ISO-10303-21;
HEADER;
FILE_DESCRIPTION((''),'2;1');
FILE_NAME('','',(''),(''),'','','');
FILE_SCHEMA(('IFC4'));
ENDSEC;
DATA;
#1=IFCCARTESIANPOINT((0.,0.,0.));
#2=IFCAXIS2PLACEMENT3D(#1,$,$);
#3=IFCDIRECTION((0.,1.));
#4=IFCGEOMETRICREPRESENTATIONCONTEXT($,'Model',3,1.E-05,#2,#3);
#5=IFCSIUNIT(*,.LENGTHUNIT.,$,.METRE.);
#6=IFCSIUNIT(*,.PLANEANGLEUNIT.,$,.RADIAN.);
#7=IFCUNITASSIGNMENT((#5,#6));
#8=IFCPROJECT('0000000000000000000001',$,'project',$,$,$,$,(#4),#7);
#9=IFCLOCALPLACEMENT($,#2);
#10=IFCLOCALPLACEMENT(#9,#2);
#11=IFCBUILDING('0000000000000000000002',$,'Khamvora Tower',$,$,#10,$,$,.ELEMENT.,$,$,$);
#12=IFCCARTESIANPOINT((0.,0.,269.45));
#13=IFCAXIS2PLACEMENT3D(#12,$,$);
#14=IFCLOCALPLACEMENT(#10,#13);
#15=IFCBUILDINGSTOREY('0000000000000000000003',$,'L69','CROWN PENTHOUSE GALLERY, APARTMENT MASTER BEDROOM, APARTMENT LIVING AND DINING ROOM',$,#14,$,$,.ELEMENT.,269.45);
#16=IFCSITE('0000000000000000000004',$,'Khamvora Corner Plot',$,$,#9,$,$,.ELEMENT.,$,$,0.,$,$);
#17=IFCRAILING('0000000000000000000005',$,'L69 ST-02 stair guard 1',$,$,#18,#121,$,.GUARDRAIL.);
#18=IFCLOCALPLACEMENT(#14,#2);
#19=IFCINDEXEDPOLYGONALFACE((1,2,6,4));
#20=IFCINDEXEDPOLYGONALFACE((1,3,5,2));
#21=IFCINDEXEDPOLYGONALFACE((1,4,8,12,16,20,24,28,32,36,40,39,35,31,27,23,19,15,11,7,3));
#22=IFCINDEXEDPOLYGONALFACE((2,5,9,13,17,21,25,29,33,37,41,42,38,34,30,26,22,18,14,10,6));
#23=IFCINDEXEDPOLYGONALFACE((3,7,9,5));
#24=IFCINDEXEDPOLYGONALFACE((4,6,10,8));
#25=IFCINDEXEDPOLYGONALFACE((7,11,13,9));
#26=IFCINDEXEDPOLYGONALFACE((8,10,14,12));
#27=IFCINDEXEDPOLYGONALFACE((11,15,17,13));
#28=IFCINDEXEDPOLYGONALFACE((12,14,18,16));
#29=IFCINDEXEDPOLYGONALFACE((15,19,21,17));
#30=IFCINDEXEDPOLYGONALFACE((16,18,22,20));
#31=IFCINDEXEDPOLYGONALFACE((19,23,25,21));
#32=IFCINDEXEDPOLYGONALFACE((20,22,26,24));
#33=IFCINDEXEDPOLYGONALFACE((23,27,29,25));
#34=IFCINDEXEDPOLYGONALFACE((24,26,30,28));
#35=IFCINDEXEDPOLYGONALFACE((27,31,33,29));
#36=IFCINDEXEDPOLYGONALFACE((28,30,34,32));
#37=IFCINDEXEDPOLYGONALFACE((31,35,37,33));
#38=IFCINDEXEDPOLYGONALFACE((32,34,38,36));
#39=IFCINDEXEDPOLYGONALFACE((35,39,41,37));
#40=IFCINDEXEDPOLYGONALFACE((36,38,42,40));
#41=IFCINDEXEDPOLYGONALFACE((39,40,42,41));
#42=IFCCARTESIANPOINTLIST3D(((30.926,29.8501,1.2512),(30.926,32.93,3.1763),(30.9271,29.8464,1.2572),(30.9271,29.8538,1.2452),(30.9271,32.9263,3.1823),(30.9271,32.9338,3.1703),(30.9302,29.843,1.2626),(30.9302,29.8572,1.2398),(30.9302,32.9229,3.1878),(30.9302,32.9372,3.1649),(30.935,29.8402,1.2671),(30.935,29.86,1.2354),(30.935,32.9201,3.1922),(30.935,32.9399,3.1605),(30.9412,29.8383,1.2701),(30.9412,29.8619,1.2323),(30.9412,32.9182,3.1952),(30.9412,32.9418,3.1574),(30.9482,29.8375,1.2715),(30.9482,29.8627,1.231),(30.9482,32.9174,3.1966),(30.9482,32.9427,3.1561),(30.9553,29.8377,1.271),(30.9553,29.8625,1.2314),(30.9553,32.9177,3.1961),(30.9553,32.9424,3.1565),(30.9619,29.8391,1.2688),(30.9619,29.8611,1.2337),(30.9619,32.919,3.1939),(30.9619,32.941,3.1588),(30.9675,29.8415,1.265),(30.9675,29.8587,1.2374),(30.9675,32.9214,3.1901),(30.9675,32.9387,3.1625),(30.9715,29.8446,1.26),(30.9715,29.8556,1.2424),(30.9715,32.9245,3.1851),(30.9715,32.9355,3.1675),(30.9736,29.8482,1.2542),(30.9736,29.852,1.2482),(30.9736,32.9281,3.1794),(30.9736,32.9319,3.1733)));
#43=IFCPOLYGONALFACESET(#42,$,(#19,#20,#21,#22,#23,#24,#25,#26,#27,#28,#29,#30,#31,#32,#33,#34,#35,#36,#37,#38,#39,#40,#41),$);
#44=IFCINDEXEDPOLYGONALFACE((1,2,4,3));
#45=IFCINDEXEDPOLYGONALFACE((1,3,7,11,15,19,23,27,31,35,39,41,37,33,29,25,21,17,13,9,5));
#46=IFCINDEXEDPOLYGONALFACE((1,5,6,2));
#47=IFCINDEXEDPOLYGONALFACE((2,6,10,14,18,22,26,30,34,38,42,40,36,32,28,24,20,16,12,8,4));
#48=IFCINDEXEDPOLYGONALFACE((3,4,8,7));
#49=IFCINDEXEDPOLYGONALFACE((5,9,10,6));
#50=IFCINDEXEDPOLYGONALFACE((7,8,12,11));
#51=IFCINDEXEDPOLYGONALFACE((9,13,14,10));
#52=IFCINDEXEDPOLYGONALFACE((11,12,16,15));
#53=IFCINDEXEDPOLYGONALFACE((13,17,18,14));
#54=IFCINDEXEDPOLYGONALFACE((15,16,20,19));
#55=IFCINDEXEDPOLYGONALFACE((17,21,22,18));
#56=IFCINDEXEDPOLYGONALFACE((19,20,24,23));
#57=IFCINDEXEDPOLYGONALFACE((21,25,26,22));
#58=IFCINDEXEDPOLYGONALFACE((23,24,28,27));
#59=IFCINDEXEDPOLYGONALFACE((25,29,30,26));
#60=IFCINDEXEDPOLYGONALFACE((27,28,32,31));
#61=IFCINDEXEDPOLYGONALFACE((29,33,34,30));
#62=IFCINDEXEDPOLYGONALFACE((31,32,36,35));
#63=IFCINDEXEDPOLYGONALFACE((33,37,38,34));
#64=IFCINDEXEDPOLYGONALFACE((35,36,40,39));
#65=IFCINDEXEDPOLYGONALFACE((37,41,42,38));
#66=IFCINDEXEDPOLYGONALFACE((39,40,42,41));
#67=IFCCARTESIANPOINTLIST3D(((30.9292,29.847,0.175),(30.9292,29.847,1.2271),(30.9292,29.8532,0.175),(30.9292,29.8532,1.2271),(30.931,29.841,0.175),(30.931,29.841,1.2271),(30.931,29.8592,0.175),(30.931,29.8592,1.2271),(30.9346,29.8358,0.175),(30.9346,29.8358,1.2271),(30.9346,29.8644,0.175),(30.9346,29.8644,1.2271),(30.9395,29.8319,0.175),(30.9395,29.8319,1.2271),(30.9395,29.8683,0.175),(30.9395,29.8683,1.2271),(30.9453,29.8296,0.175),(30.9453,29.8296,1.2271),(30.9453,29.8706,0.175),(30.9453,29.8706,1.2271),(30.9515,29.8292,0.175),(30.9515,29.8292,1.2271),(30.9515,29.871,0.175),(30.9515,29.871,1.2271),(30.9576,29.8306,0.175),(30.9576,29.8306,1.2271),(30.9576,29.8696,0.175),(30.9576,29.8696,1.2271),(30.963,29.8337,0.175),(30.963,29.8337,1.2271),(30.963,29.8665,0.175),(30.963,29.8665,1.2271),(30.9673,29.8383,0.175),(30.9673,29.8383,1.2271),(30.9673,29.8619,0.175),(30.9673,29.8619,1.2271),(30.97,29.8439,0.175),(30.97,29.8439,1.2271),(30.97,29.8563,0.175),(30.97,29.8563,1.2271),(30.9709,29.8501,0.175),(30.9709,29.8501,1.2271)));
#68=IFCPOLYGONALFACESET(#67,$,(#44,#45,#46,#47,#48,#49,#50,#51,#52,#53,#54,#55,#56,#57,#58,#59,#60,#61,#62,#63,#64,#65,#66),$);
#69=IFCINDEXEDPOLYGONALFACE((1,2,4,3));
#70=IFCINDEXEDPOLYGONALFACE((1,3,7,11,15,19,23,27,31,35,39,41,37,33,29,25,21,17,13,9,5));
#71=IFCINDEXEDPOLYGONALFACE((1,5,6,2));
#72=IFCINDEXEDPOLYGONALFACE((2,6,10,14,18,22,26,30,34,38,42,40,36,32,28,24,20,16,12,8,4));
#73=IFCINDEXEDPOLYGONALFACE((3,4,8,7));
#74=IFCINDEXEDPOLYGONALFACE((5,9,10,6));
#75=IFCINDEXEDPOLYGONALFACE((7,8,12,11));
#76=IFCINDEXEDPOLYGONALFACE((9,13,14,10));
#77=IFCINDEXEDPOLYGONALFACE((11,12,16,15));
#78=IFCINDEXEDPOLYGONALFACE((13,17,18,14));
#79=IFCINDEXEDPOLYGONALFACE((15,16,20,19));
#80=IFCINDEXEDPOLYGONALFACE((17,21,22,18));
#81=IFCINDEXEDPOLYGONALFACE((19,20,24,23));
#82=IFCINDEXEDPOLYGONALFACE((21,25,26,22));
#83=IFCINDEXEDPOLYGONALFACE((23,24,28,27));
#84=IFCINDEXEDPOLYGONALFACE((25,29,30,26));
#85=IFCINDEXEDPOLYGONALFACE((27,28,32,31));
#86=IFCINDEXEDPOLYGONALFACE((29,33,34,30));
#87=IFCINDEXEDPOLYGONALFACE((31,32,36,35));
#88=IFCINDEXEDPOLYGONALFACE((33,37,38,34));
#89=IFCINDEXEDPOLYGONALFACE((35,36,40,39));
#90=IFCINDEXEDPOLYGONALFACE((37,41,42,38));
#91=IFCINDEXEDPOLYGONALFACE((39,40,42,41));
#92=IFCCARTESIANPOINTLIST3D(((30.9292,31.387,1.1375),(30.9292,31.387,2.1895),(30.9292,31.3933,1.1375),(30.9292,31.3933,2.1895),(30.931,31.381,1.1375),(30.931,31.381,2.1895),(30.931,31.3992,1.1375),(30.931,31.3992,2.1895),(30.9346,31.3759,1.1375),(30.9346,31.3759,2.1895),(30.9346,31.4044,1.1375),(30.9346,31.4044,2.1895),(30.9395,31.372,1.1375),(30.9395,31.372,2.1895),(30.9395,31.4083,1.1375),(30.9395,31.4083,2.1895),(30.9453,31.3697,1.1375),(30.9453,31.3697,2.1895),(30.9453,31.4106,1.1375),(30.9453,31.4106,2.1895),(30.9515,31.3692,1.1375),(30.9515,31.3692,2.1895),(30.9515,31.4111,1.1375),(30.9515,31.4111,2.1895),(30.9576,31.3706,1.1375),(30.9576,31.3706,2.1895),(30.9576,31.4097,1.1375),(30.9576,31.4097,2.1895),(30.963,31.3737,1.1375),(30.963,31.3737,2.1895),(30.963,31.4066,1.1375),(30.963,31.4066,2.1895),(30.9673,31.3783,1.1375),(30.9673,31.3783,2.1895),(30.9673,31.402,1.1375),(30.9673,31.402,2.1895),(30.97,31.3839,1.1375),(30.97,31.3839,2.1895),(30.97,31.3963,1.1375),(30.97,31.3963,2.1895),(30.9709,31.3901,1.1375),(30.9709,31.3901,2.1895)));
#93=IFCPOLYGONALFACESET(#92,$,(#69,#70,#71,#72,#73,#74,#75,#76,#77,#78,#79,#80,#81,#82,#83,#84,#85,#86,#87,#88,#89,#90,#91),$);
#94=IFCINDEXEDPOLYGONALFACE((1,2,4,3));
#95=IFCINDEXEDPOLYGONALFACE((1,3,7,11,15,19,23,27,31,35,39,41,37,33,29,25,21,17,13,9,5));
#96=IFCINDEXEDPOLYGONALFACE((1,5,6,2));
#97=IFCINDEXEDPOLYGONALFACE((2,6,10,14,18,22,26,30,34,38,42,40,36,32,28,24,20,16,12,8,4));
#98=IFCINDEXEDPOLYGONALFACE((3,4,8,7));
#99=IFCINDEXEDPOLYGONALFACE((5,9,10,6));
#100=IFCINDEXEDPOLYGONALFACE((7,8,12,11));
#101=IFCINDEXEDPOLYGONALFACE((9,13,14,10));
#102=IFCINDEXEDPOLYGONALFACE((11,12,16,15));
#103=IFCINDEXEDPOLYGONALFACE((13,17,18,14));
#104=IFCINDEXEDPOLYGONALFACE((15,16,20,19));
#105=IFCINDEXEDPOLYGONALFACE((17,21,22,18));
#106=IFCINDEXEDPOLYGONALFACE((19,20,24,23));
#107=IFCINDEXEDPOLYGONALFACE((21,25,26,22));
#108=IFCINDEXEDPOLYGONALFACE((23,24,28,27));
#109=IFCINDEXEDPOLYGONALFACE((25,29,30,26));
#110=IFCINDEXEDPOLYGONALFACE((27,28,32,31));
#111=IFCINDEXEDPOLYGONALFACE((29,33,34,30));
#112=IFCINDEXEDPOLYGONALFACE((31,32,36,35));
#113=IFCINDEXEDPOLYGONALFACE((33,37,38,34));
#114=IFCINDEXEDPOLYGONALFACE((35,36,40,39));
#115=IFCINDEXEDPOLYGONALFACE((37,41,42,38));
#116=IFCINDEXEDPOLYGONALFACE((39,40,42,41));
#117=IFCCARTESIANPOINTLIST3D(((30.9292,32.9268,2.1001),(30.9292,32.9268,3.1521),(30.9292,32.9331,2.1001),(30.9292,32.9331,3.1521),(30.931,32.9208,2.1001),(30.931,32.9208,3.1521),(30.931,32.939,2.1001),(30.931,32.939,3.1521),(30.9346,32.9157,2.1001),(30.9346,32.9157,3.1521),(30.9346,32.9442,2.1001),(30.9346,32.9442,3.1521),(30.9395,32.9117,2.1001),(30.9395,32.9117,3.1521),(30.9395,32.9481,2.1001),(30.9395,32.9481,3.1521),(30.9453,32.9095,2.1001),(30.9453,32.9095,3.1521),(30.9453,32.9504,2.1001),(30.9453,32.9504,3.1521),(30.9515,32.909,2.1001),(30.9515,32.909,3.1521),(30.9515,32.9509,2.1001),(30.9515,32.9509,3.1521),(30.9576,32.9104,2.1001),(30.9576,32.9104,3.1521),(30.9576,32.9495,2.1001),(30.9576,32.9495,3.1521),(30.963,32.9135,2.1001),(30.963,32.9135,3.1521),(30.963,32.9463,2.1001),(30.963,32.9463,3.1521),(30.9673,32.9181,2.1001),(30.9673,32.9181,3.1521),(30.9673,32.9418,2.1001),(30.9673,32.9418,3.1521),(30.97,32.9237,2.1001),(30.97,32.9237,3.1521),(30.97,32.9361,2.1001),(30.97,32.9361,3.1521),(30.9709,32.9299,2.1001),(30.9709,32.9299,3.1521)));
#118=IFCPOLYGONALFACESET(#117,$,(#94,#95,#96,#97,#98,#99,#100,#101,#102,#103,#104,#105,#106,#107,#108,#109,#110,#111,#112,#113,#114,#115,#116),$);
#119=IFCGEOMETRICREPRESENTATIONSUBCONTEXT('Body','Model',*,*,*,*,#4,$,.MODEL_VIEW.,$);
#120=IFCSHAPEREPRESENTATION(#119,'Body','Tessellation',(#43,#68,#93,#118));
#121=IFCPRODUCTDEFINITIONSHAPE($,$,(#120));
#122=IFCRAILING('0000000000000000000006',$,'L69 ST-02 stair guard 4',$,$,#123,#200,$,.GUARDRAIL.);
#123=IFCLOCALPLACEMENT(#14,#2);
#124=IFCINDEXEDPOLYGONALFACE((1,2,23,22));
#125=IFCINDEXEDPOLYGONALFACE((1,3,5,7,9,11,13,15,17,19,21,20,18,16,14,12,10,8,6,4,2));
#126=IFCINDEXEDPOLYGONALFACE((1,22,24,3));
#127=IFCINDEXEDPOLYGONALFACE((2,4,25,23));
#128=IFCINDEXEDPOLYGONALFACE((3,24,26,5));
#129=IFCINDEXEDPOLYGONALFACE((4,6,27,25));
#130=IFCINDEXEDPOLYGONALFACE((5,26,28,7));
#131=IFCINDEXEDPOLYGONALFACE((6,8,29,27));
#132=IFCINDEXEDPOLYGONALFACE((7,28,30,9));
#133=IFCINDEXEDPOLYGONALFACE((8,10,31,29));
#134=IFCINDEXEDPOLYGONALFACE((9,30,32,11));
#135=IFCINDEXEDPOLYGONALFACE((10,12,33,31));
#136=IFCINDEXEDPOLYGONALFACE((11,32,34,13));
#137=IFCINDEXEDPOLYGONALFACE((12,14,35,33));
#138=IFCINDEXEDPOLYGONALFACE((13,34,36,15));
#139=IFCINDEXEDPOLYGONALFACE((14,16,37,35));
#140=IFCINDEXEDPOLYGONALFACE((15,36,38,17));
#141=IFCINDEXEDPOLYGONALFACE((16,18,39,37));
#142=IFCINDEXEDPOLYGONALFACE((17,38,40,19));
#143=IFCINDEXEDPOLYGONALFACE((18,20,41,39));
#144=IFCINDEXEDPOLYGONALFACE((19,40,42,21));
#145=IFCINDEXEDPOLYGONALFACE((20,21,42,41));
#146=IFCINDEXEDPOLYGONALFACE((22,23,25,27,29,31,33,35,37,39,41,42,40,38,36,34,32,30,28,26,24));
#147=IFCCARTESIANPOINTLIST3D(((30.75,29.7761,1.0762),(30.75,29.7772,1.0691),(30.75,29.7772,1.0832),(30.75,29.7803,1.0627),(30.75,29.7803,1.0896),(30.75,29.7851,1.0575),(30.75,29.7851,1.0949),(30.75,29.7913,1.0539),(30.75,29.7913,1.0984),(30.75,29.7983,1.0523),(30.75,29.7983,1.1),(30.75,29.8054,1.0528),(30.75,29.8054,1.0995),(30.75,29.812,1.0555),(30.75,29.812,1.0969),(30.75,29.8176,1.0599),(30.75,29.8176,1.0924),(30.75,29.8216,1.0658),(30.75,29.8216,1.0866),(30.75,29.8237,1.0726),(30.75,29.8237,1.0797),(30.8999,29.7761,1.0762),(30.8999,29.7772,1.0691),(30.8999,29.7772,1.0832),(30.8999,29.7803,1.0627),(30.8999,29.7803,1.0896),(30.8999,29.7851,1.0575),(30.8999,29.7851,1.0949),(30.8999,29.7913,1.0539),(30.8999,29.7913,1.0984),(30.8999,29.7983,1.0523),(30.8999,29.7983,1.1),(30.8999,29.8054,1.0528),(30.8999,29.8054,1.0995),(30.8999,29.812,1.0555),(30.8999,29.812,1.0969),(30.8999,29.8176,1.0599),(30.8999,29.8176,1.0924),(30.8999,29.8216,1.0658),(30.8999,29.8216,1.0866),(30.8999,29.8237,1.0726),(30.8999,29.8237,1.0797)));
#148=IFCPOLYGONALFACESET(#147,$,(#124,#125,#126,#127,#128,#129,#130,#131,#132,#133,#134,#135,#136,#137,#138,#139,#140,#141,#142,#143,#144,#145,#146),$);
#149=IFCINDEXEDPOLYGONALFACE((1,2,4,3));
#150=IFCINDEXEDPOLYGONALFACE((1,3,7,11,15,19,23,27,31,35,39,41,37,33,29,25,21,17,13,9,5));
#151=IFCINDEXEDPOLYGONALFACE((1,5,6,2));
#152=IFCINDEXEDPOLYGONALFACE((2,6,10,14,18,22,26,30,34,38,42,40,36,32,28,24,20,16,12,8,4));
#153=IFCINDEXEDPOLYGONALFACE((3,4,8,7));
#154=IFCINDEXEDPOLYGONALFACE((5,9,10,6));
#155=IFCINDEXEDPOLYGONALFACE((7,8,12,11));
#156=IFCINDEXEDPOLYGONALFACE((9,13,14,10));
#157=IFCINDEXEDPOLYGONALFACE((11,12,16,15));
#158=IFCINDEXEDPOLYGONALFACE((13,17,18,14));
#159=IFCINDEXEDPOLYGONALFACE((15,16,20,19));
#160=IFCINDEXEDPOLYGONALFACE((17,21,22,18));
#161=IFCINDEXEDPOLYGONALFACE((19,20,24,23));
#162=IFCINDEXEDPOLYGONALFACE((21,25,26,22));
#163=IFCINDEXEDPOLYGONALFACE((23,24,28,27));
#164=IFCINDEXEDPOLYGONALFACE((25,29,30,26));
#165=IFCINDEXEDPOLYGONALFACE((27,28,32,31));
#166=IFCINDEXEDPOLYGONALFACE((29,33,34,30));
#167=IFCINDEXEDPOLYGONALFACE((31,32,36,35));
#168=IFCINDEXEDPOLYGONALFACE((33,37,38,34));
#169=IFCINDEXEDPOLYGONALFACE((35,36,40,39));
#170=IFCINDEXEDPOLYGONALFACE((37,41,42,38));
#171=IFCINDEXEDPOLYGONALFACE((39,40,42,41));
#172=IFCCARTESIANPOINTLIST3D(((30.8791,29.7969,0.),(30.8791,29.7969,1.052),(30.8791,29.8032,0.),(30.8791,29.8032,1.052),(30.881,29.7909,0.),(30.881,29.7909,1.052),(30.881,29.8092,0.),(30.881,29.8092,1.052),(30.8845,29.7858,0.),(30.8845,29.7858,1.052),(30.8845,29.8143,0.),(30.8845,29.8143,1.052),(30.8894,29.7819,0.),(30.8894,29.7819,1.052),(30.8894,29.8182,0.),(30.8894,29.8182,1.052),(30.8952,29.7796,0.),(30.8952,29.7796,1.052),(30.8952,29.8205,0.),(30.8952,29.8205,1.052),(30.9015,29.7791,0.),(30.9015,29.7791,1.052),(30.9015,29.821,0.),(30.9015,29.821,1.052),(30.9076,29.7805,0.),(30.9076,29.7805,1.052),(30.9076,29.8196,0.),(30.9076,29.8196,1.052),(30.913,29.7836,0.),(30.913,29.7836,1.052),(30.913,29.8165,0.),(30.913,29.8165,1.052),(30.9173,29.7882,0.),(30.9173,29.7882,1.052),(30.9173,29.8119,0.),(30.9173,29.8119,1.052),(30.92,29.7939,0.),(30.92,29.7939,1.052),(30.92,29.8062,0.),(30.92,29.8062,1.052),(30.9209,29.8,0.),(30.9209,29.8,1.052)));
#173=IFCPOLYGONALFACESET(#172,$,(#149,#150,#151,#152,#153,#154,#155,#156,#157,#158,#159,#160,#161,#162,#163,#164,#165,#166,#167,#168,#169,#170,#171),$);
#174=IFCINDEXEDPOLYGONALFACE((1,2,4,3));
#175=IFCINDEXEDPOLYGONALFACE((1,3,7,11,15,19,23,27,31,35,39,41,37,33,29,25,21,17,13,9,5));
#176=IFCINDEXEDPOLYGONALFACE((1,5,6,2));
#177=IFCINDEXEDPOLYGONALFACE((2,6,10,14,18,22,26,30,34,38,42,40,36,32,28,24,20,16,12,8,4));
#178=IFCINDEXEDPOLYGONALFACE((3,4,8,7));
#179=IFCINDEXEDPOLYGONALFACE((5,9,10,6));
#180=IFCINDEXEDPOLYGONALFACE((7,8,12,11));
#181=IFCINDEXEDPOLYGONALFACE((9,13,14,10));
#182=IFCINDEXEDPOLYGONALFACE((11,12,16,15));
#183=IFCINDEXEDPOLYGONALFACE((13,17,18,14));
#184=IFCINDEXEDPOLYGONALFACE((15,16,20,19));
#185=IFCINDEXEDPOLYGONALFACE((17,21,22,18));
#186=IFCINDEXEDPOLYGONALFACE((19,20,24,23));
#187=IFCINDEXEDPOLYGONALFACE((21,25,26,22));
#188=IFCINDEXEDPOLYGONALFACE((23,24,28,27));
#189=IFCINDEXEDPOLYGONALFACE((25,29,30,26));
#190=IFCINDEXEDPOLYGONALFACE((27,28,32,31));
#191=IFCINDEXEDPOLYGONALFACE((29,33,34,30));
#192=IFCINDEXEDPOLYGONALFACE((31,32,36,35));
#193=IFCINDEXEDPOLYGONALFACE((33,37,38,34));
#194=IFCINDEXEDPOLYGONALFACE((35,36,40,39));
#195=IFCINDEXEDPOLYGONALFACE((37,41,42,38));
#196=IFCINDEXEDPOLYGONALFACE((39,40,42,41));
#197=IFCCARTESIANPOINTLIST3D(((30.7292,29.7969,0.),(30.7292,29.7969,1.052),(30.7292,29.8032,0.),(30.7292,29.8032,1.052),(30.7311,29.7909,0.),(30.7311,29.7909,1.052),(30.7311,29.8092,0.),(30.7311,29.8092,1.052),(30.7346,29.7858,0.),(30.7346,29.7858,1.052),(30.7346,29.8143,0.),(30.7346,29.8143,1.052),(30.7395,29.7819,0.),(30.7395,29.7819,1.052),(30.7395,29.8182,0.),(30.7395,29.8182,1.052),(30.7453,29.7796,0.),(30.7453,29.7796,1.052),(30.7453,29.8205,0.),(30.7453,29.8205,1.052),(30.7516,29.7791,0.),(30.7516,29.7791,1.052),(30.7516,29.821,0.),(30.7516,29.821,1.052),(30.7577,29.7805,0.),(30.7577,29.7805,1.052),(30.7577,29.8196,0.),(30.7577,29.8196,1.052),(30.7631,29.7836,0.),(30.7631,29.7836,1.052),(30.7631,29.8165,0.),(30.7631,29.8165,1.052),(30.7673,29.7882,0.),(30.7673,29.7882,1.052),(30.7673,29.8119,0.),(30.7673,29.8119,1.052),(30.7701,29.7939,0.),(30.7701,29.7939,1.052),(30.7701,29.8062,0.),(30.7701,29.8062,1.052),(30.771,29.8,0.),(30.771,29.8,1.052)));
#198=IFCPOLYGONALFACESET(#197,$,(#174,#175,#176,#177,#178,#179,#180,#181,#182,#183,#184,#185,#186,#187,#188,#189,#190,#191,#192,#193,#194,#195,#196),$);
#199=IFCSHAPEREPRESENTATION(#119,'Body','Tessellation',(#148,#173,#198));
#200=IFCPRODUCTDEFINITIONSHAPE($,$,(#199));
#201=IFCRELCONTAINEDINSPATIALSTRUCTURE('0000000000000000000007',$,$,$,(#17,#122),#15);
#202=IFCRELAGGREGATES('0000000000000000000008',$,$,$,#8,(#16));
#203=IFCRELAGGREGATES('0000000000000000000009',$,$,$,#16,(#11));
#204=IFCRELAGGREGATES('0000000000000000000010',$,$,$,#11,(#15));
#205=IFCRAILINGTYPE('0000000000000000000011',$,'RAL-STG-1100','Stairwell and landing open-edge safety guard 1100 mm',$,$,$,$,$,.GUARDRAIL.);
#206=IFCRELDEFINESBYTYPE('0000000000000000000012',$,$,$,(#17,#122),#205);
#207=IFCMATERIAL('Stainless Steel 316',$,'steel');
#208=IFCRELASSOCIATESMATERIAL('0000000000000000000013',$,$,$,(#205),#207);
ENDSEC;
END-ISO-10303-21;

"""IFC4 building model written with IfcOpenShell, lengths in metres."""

from ifc_helpers import new_model, si_unit, direction, frame, origin, origin_2d, place, context, subcontext, project, spatial, circle, extrude, material, type_object, element, save


model = new_model("IFC4")

# Units and contexts
model_context = context("Model", 3, precision=1e-05, world=origin(), true_north=direction((0.0, 1.0)))
body_context = subcontext(model_context, "Body", "Model", "MODEL_VIEW")
ifc_project = project(units=[si_unit("LENGTHUNIT", "METRE"), si_unit("PLANEANGLEUNIT", "RADIAN")], contexts=[model_context])

# Site, building, storey
site_placement = place(None, origin())
site = spatial("IfcSite", under=ifc_project, at=site_placement, Name="Khamvora Corner Plot", CompositionType="ELEMENT", RefElevation=0.0)
building_placement = place(site_placement, origin())
building = spatial("IfcBuilding", under=site, at=building_placement, Name="Khamvora Tower", CompositionType="ELEMENT")
storey_placement = place(building_placement, frame((0.0, 0.0, 269.45)))
storey = spatial("IfcBuildingStorey", under=building, at=storey_placement, Name="L69", Description="CROWN PENTHOUSE GALLERY, APARTMENT MASTER BEDROOM, APARTMENT LIVING AND DINING ROOM", CompositionType="ELEMENT", Elevation=269.45)

# Railings
ifc_material_1 = material(Name="Stainless Steel 316", Category="steel")
railing_type_1 = type_object("IfcRailingType", Name="RAL-STG-1100", Description="Stairwell and landing open-edge safety guard 1100 mm", PredefinedType="GUARDRAIL", material=ifc_material_1)
railing_1_placement = place(storey_placement, frame((30.95, 29.8501, 0.175)))
element("IfcRailing", 1, at=railing_1_placement, inside=storey, type_object=railing_type_1, Name="L69 ST-02 stair guard 1", PredefinedType="GUARDRAIL", context=body_context, shape_type="SweptSolid", body=[
    extrude(circle(Radius=0.0239, at=origin_2d()), frame((0.0, 0.0, 1.0762), z_axis=(0.0, 0.847979, 0.530029), x_axis=(-1.0, 0.0, 0.0)), (0.0, 0.0, 1.0), 3.6321),
    extrude(circle(Radius=0.021, at=origin_2d()), origin(), (0.0, 0.0, 1.0), 1.052),
    extrude(circle(Radius=0.021, at=origin_2d()), frame((0.0, 1.54, 0.9624)), (0.0, 0.0, 1.0), 1.052),
    extrude(circle(Radius=0.021, at=origin_2d()), frame((0.0, 3.0798, 1.925)), (0.0, 0.0, 1.0), 1.052),
])
railing_2_placement = place(storey_placement, frame((30.8999, 29.8, 0.0)))
element("IfcRailing", 2, at=railing_2_placement, inside=storey, type_object=railing_type_1, Name="L69 ST-02 stair guard 4", PredefinedType="GUARDRAIL", context=body_context, shape_type="SweptSolid", body=[
    extrude(circle(Radius=0.0239, at=origin_2d()), frame((0.0, 0.0, 1.0762), z_axis=(-1.0, 0.0, 0.0), x_axis=(0.0, -1.0, 0.0)), (0.0, 0.0, 1.0), 0.1499),
    extrude(circle(Radius=0.021, at=origin_2d()), origin(), (0.0, 0.0, 1.0), 1.052),
    extrude(circle(Radius=0.021, at=origin_2d()), frame((-0.1499, 0.0, 0.0)), (0.0, 0.0, 1.0), 1.052),
])

save(model, "model.ifc")
